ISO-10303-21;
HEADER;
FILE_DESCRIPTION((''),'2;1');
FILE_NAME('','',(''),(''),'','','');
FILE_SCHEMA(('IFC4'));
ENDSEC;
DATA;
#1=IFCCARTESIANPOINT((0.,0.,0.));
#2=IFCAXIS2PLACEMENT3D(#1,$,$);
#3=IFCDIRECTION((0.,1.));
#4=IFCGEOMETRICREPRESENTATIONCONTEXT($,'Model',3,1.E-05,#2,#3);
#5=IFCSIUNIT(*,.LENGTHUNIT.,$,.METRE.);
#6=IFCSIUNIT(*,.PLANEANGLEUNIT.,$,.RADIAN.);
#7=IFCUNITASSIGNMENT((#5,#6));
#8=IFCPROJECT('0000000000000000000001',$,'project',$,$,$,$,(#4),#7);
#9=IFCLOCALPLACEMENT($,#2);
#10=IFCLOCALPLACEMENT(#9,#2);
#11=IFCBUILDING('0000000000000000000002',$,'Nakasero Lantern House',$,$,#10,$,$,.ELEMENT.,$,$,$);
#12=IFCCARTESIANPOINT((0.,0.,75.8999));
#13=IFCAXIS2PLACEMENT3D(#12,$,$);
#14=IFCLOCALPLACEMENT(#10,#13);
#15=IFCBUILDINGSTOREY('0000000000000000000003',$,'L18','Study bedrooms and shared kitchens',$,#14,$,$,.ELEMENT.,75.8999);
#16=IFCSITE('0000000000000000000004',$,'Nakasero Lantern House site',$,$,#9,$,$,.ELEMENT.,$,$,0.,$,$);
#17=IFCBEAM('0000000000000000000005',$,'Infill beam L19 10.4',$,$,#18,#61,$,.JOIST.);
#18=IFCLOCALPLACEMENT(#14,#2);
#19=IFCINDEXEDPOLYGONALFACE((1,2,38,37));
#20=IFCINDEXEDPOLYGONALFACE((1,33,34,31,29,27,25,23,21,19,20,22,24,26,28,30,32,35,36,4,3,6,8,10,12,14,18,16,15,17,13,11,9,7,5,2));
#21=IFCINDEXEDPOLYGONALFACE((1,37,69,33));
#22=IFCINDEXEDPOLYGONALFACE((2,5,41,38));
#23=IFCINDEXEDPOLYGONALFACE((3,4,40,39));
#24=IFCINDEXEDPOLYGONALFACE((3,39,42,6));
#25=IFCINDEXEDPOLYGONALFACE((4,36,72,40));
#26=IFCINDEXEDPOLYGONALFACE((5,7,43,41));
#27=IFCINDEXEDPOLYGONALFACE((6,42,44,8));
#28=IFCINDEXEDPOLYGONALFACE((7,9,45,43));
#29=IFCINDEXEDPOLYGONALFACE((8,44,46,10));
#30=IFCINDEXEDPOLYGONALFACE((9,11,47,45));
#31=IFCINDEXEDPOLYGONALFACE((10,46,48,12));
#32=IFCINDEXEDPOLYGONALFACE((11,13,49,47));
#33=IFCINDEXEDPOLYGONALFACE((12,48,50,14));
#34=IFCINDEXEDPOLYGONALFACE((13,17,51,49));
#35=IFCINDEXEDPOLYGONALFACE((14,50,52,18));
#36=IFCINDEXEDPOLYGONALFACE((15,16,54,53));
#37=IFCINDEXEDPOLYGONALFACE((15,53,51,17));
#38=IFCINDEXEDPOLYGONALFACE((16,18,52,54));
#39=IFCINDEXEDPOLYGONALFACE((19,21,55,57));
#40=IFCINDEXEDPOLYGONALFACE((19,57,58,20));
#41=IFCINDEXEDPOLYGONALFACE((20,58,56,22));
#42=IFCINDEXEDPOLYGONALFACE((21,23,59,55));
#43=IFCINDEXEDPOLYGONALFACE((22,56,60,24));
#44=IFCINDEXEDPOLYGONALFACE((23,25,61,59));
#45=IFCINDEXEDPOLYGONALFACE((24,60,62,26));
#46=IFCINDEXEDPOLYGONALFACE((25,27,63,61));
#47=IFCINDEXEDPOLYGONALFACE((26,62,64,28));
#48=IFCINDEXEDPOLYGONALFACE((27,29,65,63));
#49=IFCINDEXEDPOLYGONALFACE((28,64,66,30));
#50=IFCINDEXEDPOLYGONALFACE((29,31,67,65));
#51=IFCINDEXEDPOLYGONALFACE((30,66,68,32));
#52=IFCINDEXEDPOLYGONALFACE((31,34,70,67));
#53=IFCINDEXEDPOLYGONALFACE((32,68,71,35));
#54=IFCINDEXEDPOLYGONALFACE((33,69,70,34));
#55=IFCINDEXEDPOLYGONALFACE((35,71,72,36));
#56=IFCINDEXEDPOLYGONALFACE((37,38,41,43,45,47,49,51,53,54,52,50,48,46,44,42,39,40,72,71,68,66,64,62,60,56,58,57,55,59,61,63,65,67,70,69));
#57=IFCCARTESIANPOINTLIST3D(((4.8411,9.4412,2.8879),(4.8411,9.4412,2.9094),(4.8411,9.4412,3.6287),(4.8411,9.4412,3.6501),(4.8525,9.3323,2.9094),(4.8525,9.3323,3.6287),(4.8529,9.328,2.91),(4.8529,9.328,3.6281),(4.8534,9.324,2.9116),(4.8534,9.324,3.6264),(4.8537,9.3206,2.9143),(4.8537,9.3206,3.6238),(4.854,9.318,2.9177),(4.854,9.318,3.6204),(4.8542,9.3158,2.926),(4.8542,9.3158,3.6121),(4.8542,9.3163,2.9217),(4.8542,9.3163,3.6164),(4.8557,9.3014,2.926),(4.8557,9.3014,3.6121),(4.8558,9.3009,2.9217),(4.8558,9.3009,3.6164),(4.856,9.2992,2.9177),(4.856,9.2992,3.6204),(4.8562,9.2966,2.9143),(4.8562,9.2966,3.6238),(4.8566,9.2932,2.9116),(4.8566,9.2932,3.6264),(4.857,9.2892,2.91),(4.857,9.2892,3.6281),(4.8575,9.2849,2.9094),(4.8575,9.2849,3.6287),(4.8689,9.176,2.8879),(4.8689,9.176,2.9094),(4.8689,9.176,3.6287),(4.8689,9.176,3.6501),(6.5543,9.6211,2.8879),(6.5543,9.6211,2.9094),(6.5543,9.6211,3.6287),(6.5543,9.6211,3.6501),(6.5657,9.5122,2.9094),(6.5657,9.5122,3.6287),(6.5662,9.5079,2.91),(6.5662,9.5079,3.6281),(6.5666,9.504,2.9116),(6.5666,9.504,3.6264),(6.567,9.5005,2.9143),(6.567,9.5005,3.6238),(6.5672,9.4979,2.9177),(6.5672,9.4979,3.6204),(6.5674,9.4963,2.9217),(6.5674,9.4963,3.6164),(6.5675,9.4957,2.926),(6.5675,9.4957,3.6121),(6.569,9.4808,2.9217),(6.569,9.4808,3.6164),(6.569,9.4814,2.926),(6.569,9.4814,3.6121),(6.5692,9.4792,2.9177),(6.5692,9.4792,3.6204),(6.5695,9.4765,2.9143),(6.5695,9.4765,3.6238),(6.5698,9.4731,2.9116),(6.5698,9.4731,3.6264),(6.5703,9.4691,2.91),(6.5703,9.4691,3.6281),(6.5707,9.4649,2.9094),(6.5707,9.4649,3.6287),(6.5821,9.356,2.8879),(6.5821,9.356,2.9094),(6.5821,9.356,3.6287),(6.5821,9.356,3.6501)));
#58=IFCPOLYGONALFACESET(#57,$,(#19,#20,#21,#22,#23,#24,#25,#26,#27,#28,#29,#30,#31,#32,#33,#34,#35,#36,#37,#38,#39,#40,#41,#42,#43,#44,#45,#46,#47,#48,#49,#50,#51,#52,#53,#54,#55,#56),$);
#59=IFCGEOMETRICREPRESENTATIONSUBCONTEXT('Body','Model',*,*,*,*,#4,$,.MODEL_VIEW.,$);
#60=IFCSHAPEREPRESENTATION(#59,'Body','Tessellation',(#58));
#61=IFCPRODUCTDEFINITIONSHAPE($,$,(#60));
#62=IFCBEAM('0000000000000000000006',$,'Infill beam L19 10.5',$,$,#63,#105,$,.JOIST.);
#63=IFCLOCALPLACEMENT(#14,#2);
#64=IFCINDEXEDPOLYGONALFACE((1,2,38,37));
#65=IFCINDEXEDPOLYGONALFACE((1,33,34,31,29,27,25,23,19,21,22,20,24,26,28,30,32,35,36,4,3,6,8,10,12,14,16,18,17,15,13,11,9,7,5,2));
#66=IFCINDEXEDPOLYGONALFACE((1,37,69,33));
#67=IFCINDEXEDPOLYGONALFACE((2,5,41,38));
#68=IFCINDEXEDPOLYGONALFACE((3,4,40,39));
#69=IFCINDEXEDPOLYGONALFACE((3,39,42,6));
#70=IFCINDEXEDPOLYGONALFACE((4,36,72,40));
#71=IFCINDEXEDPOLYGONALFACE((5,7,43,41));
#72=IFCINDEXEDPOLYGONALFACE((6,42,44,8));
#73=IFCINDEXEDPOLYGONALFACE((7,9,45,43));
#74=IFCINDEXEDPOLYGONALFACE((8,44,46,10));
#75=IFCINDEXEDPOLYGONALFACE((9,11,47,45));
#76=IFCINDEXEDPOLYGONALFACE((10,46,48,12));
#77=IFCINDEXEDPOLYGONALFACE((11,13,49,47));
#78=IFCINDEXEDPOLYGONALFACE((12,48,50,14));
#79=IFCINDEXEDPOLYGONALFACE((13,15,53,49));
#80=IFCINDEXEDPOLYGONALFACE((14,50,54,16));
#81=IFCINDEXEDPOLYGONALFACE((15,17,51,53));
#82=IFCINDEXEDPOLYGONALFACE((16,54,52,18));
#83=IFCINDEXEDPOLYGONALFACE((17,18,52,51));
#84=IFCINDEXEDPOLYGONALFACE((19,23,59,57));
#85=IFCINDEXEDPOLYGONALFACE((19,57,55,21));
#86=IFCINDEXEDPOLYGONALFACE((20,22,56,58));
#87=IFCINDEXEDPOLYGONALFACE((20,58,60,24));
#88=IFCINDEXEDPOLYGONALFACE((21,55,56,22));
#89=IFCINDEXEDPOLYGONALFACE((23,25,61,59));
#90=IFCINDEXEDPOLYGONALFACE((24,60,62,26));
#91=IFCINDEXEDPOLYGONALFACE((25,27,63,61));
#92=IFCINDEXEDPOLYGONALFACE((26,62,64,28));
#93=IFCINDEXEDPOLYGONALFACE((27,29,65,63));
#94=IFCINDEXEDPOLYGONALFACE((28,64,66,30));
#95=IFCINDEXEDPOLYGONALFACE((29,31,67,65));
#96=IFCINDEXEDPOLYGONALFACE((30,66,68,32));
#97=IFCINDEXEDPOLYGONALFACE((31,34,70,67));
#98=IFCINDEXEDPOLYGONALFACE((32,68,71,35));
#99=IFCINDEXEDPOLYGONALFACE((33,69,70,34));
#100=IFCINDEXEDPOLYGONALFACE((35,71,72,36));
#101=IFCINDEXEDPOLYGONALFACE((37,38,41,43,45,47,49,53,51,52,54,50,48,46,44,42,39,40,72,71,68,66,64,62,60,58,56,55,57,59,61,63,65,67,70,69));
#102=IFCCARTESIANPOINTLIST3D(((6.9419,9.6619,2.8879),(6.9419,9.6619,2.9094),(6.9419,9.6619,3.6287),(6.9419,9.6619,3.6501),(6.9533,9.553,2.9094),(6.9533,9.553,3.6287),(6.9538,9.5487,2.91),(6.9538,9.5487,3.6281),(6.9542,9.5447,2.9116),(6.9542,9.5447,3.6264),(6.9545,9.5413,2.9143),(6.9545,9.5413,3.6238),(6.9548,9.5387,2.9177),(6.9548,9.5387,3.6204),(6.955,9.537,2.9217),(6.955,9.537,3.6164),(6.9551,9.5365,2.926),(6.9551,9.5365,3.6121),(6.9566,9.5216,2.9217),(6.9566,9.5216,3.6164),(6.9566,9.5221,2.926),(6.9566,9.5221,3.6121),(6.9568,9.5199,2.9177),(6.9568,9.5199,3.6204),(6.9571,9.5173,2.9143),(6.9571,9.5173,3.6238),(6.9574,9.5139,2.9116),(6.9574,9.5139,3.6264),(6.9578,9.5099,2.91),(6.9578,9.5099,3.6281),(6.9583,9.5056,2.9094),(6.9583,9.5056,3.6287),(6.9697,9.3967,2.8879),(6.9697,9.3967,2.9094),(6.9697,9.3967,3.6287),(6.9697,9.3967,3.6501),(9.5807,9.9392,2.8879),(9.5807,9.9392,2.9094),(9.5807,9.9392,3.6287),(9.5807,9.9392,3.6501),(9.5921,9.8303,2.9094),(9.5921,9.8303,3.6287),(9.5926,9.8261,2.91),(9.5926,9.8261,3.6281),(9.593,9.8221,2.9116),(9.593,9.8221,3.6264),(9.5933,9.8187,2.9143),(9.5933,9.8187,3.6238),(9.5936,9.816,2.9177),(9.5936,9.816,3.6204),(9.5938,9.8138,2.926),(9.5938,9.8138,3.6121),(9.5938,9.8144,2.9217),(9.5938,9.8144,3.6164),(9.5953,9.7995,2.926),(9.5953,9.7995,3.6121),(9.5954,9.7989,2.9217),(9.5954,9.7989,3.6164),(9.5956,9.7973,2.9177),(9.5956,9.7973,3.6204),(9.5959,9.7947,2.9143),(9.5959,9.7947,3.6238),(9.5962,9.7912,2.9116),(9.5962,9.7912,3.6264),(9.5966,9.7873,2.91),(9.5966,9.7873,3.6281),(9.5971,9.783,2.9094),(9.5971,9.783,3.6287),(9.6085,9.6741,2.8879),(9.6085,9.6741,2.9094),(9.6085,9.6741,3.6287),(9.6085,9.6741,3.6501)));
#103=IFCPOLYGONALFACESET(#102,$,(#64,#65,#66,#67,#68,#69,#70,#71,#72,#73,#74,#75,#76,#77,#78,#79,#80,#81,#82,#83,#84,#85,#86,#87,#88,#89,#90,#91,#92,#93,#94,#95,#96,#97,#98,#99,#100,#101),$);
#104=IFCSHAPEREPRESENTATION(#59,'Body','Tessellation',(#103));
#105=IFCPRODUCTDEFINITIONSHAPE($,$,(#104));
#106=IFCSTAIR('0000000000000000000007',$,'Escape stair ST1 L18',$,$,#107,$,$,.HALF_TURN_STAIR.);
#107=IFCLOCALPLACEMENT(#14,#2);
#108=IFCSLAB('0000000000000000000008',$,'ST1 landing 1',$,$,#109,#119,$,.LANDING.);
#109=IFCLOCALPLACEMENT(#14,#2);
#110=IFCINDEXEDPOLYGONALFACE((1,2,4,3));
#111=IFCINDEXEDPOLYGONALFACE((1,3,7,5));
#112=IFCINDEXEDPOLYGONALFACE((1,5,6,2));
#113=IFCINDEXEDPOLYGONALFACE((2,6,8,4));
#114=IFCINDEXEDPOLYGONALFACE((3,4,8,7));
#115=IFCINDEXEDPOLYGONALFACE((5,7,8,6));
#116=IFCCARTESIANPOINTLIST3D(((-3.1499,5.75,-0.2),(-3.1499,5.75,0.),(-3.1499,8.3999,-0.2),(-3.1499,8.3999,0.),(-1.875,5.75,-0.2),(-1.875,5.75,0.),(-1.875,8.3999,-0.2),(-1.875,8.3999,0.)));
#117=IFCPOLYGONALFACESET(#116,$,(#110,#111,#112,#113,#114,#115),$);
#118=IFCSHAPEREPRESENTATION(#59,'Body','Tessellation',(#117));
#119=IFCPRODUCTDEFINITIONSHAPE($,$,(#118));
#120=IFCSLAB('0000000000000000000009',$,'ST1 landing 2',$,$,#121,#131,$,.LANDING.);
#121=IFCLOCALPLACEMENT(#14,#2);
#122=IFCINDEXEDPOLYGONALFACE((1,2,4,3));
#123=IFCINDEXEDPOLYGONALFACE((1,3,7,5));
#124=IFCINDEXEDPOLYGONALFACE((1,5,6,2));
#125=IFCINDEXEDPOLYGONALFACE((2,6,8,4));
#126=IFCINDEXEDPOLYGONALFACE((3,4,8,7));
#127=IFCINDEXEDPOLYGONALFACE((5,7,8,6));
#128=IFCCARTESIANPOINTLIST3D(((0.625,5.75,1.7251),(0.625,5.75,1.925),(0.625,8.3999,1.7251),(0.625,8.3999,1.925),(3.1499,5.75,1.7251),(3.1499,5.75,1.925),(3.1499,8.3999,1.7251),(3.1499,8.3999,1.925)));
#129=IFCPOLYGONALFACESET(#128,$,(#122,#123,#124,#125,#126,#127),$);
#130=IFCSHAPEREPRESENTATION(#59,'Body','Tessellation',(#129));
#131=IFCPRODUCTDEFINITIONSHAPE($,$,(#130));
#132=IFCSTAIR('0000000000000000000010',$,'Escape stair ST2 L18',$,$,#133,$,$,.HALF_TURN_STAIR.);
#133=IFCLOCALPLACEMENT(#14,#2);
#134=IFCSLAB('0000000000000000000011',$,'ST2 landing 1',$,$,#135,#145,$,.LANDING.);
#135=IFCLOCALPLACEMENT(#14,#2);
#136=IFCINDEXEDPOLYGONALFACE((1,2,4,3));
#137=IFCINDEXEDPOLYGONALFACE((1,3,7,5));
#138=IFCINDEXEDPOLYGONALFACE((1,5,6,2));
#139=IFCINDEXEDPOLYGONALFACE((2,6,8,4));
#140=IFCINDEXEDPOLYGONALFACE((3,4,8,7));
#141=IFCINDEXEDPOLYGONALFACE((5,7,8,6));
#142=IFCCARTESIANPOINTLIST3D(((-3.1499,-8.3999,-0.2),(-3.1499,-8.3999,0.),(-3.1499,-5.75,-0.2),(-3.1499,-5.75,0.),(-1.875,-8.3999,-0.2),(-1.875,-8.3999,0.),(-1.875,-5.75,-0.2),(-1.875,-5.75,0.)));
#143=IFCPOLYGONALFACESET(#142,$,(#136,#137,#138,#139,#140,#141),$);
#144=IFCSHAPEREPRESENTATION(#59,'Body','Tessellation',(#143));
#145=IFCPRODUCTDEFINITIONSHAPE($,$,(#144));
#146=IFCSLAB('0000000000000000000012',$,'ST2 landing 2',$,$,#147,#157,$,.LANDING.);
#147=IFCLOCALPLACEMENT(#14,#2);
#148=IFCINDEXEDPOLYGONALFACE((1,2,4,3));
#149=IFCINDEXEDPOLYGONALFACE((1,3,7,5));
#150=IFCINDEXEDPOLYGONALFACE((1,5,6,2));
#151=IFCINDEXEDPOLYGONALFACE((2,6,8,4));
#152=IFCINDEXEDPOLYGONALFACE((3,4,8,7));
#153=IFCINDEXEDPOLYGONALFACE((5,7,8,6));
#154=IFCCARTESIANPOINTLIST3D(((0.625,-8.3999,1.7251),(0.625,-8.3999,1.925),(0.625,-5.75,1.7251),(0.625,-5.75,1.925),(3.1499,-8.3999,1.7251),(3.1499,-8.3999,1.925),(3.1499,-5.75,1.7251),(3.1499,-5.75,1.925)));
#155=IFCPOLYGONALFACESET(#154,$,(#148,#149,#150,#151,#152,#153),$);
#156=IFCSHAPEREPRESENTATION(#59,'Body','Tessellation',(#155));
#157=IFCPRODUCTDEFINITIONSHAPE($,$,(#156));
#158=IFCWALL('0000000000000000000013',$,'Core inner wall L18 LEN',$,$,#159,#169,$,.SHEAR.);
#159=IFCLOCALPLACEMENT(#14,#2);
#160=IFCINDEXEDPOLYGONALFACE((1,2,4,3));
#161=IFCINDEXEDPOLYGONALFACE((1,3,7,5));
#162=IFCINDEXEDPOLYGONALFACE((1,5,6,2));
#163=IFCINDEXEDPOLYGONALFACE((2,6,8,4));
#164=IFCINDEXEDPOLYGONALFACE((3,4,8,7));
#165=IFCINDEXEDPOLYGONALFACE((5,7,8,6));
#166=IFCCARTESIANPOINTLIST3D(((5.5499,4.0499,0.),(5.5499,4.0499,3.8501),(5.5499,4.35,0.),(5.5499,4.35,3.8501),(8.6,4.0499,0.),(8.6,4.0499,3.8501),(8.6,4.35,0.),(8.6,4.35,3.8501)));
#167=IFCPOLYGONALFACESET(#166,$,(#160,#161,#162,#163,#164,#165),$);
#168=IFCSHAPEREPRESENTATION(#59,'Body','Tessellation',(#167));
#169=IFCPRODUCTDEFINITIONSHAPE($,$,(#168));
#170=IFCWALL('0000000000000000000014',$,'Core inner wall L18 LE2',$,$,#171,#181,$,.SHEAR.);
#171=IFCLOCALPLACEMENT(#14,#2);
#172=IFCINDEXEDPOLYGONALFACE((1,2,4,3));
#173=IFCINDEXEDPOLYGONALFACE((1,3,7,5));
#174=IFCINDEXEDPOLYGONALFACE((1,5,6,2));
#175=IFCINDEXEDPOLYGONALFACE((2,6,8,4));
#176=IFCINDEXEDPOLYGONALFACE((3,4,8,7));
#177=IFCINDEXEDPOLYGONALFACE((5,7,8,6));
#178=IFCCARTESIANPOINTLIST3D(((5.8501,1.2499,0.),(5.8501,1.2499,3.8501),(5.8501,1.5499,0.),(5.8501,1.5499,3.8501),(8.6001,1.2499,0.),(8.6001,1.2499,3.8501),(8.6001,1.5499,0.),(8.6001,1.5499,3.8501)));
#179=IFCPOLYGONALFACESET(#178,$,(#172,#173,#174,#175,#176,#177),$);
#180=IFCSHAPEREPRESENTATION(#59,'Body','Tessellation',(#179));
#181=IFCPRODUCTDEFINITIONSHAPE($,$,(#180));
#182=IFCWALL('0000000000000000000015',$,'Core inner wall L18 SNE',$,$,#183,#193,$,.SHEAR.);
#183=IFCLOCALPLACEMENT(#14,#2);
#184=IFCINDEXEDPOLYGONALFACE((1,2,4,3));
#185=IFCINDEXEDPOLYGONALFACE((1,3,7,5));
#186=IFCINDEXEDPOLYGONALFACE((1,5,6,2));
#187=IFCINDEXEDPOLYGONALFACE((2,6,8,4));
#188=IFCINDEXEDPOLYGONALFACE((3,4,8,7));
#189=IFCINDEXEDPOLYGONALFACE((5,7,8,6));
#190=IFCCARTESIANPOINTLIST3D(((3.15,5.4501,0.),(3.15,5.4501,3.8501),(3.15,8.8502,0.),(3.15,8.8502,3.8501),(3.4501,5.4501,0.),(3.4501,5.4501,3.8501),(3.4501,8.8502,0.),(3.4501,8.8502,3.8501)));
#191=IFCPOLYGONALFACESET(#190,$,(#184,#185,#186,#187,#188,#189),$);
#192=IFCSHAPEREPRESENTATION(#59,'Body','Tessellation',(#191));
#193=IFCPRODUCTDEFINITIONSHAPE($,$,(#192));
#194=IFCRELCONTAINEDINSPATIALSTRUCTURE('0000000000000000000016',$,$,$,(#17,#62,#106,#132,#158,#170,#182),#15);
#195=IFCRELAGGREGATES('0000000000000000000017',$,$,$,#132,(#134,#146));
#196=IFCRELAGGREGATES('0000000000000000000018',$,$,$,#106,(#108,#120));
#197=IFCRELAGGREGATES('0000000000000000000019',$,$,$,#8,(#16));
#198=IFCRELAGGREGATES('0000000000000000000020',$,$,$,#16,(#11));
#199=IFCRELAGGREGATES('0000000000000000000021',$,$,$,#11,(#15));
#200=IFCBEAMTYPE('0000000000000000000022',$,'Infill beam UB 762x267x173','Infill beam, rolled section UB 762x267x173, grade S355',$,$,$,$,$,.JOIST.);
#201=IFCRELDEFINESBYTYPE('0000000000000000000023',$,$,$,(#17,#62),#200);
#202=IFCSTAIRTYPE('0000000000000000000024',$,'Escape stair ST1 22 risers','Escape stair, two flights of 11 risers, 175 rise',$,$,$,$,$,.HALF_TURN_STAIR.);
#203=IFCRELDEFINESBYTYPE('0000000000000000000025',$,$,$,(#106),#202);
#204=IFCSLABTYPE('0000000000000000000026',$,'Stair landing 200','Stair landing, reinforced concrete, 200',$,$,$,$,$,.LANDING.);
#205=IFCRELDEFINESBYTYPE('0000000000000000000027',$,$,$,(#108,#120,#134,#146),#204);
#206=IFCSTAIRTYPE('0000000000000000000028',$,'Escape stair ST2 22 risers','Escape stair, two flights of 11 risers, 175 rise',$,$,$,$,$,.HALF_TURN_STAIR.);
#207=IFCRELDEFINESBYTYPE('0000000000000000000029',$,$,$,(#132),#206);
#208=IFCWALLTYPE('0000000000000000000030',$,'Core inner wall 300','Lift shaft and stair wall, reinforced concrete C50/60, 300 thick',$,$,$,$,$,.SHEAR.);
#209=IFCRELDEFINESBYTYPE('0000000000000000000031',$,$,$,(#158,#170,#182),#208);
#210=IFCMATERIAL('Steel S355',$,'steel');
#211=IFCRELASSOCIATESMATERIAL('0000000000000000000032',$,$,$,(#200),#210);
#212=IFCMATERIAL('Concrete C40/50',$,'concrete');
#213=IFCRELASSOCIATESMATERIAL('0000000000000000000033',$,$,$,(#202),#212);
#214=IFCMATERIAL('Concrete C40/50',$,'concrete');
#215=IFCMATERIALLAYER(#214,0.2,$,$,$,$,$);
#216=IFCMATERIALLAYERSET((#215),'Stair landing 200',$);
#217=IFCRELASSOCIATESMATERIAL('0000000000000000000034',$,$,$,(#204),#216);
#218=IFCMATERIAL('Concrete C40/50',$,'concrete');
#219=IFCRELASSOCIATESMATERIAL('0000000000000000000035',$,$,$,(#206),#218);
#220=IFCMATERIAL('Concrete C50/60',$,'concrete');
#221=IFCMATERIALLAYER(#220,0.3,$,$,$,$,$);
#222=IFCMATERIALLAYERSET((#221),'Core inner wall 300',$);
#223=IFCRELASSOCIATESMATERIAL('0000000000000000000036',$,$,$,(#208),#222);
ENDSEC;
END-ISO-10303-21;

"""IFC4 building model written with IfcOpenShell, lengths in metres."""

from ifc_helpers import new_model, si_unit, direction, frame, frame_2d, origin, origin_2d, place, context, subcontext, project, spatial, polyline, rectangle, i_section, outline, extrude, material, layer, layer_set, material_profile, profile_set, type_object, element, aggregate, save


model = new_model("IFC4")

# Units and contexts
model_context = context("Model", 3, precision=1e-05, world=origin(), true_north=direction((0.0, 1.0)))
body_context = subcontext(model_context, "Body", "Model", "MODEL_VIEW")
ifc_project = project(units=[si_unit("LENGTHUNIT", "METRE"), si_unit("PLANEANGLEUNIT", "RADIAN")], contexts=[model_context])

# Site, building, storey
site_placement = place(None, origin())
site = spatial("IfcSite", under=ifc_project, at=site_placement, Name="Nakasero Lantern House site", CompositionType="ELEMENT", RefElevation=0.0)
building_placement = place(site_placement, origin())
building = spatial("IfcBuilding", under=site, at=building_placement, Name="Nakasero Lantern House", CompositionType="ELEMENT")
storey_placement = place(building_placement, frame((0.0, 0.0, 75.8999)))
storey = spatial("IfcBuildingStorey", under=building, at=storey_placement, Name="L18", Description="Study bedrooms and shared kitchens", CompositionType="ELEMENT", Elevation=75.8999)

# Beams
ifc_material_1 = material(Name="Steel S355", Category="steel")
ifc_material_profile = material_profile(ifc_material_1, i_section(OverallWidth=0.2666, OverallDepth=0.7622, WebThickness=0.0144, FlangeThickness=0.0215, FilletRadius=0.0166, at=origin_2d()), Name="UB 762x267x173")
ifc_profile_set = profile_set([ifc_material_profile], Name="Steel S355")
beam_type = type_object("IfcBeamType", Name="Infill beam UB 762x267x173", Description="Infill beam, rolled section UB 762x267x173, grade S355", PredefinedType="JOIST", material=ifc_profile_set)
beam_1_placement = place(storey_placement, frame((4.855, 9.3086, 3.269), z_axis=(0.99453, 0.104456, 0.0), x_axis=(-0.104456, 0.99453, 0.0)))
element("IfcBeam", 1, at=beam_1_placement, inside=storey, type_object=beam_type, Name="Infill beam L19 10.4", PredefinedType="JOIST", context=body_context, shape_type="SweptSolid", body=[
    extrude(i_section(OverallWidth=0.2666, OverallDepth=0.7622, WebThickness=0.0144, FlangeThickness=0.0215, FilletRadius=0.0166, at=origin_2d()), origin(), (0.0, 0.0, 1.0), 1.7227),
])
beam_2_placement = place(storey_placement, frame((6.9558, 9.5293, 3.269), z_axis=(0.994522, 0.104532, 0.0), x_axis=(-0.104532, 0.994522, 0.0)))
element("IfcBeam", 2, at=beam_2_placement, inside=storey, type_object=beam_type, Name="Infill beam L19 10.5", PredefinedType="JOIST", context=body_context, shape_type="SweptSolid", body=[
    extrude(i_section(OverallWidth=0.2666, OverallDepth=0.7622, WebThickness=0.0144, FlangeThickness=0.0215, FilletRadius=0.0166, at=origin_2d()), origin(), (0.0, 0.0, 1.0), 2.6533),
])

# Stairs, slabs
ifc_material_2 = material(Name="Concrete C40/50", Category="concrete")
stair_type_1 = type_object("IfcStairType", Name="Escape stair ST1 22 risers", Description="Escape stair, two flights of 11 risers, 175 rise", PredefinedType="HALF_TURN_STAIR", material=ifc_material_2)
stair_1_placement = place(storey_placement, origin())
stair_1 = element("IfcStair", 3, at=stair_1_placement, inside=storey, type_object=stair_type_1, Name="Escape stair ST1 L18", PredefinedType="HALF_TURN_STAIR")
ifc_material_3 = material(Name="Concrete C40/50", Category="concrete")
ifc_layer_1 = layer(ifc_material_3, 0.2)
ifc_layer_set_1 = layer_set([ifc_layer_1], Name="Stair landing 200")
slab_type = type_object("IfcSlabType", Name="Stair landing 200", Description="Stair landing, reinforced concrete, 200", PredefinedType="LANDING", material=ifc_layer_set_1)
slab_1_placement = place(storey_placement, frame((0.0, 0.0, -0.2)))
slab_1 = element("IfcSlab", 4, at=slab_1_placement, type_object=slab_type, Name="ST1 landing 1", PredefinedType="LANDING", context=body_context, shape_type="SweptSolid", body=[
    extrude(outline(polyline([(-3.1499, 5.75), (-1.875, 5.75), (-1.875, 8.3999), (-3.1499, 8.3999), (-3.1499, 5.75)])), origin(), (0.0, 0.0, 1.0), 0.2),
])
slab_2_placement = place(storey_placement, frame((0.0, 0.0, 1.7251)))
slab_2 = element("IfcSlab", 5, at=slab_2_placement, type_object=slab_type, Name="ST1 landing 2", PredefinedType="LANDING", context=body_context, shape_type="SweptSolid", body=[
    extrude(outline(polyline([(0.625, 5.75), (3.1499, 5.75), (3.1499, 8.3999), (0.625, 8.3999), (0.625, 5.75)])), origin(), (0.0, 0.0, 1.0), 0.2),
])
ifc_material_4 = material(Name="Concrete C40/50", Category="concrete")
stair_type_2 = type_object("IfcStairType", Name="Escape stair ST2 22 risers", Description="Escape stair, two flights of 11 risers, 175 rise", PredefinedType="HALF_TURN_STAIR", material=ifc_material_4)
stair_2_placement = place(storey_placement, origin())
stair_2 = element("IfcStair", 6, at=stair_2_placement, inside=storey, type_object=stair_type_2, Name="Escape stair ST2 L18", PredefinedType="HALF_TURN_STAIR")
slab_3_placement = place(storey_placement, frame((0.0, 0.0, -0.2)))
slab_3 = element("IfcSlab", 7, at=slab_3_placement, type_object=slab_type, Name="ST2 landing 1", PredefinedType="LANDING", context=body_context, shape_type="SweptSolid", body=[
    extrude(outline(polyline([(-3.1499, -8.3999), (-1.875, -8.3999), (-1.875, -5.75), (-3.1499, -5.75), (-3.1499, -8.3999)])), origin(), (0.0, 0.0, 1.0), 0.2),
])
slab_4_placement = place(storey_placement, frame((0.0, 0.0, 1.7251)))
slab_4 = element("IfcSlab", 8, at=slab_4_placement, type_object=slab_type, Name="ST2 landing 2", PredefinedType="LANDING", context=body_context, shape_type="SweptSolid", body=[
    extrude(outline(polyline([(0.625, -8.3999), (3.1499, -8.3999), (3.1499, -5.75), (0.625, -5.75), (0.625, -8.3999)])), origin(), (0.0, 0.0, 1.0), 0.2),
])
aggregate(stair_2, [slab_3, slab_4])

# Walls
ifc_material_5 = material(Name="Concrete C50/60", Category="concrete")
ifc_layer_2 = layer(ifc_material_5, 0.3)
ifc_layer_set_2 = layer_set([ifc_layer_2], Name="Core inner wall 300")
wall_type_1 = type_object("IfcWallType", Name="Core inner wall 300", Description="Lift shaft and stair wall, reinforced concrete C50/60, 300 thick", PredefinedType="SHEAR", material=ifc_layer_set_2)
wall_1_placement = place(storey_placement, frame((5.55, 4.2, 0.0), z_axis=(0.0, 0.0, 1.0), x_axis=(1.0, 0.0, 0.0)))
element("IfcWall", 9, at=wall_1_placement, inside=storey, type_object=wall_type_1, Name="Core inner wall L18 LEN", PredefinedType="SHEAR", context=body_context, shape_type="SweptSolid", body=[
    extrude(rectangle(XDim=3.05, YDim=0.3, at=frame_2d((1.5249, 0.0))), origin(), (0.0, 0.0, 1.0), 3.8501),
])
wall_2_placement = place(storey_placement, frame((5.8501, 1.3999, 0.0), z_axis=(0.0, 0.0, 1.0), x_axis=(1.0, 0.0, 0.0)))
element("IfcWall", 10, at=wall_2_placement, inside=storey, type_object=wall_type_1, Name="Core inner wall L18 LE2", PredefinedType="SHEAR", context=body_context, shape_type="SweptSolid", body=[
    extrude(rectangle(XDim=2.75, YDim=0.3, at=frame_2d((1.375, 0.0))), origin(), (0.0, 0.0, 1.0), 3.8501),
])
wall_3_placement = place(storey_placement, frame((3.3, 5.45, 0.0), z_axis=(0.0, 0.0, 1.0), x_axis=(0.0, 1.0, 0.0)))
element("IfcWall", 11, at=wall_3_placement, inside=storey, type_object=wall_type_1, Name="Core inner wall L18 SNE", PredefinedType="SHEAR", context=body_context, shape_type="SweptSolid", body=[
    extrude(rectangle(XDim=3.4001, YDim=0.3, at=frame_2d((1.7002, 0.0))), origin(), (0.0, 0.0, 1.0), 3.8501),
])

aggregate(stair_1, [slab_1, slab_2])

save(model, "model.ifc")
